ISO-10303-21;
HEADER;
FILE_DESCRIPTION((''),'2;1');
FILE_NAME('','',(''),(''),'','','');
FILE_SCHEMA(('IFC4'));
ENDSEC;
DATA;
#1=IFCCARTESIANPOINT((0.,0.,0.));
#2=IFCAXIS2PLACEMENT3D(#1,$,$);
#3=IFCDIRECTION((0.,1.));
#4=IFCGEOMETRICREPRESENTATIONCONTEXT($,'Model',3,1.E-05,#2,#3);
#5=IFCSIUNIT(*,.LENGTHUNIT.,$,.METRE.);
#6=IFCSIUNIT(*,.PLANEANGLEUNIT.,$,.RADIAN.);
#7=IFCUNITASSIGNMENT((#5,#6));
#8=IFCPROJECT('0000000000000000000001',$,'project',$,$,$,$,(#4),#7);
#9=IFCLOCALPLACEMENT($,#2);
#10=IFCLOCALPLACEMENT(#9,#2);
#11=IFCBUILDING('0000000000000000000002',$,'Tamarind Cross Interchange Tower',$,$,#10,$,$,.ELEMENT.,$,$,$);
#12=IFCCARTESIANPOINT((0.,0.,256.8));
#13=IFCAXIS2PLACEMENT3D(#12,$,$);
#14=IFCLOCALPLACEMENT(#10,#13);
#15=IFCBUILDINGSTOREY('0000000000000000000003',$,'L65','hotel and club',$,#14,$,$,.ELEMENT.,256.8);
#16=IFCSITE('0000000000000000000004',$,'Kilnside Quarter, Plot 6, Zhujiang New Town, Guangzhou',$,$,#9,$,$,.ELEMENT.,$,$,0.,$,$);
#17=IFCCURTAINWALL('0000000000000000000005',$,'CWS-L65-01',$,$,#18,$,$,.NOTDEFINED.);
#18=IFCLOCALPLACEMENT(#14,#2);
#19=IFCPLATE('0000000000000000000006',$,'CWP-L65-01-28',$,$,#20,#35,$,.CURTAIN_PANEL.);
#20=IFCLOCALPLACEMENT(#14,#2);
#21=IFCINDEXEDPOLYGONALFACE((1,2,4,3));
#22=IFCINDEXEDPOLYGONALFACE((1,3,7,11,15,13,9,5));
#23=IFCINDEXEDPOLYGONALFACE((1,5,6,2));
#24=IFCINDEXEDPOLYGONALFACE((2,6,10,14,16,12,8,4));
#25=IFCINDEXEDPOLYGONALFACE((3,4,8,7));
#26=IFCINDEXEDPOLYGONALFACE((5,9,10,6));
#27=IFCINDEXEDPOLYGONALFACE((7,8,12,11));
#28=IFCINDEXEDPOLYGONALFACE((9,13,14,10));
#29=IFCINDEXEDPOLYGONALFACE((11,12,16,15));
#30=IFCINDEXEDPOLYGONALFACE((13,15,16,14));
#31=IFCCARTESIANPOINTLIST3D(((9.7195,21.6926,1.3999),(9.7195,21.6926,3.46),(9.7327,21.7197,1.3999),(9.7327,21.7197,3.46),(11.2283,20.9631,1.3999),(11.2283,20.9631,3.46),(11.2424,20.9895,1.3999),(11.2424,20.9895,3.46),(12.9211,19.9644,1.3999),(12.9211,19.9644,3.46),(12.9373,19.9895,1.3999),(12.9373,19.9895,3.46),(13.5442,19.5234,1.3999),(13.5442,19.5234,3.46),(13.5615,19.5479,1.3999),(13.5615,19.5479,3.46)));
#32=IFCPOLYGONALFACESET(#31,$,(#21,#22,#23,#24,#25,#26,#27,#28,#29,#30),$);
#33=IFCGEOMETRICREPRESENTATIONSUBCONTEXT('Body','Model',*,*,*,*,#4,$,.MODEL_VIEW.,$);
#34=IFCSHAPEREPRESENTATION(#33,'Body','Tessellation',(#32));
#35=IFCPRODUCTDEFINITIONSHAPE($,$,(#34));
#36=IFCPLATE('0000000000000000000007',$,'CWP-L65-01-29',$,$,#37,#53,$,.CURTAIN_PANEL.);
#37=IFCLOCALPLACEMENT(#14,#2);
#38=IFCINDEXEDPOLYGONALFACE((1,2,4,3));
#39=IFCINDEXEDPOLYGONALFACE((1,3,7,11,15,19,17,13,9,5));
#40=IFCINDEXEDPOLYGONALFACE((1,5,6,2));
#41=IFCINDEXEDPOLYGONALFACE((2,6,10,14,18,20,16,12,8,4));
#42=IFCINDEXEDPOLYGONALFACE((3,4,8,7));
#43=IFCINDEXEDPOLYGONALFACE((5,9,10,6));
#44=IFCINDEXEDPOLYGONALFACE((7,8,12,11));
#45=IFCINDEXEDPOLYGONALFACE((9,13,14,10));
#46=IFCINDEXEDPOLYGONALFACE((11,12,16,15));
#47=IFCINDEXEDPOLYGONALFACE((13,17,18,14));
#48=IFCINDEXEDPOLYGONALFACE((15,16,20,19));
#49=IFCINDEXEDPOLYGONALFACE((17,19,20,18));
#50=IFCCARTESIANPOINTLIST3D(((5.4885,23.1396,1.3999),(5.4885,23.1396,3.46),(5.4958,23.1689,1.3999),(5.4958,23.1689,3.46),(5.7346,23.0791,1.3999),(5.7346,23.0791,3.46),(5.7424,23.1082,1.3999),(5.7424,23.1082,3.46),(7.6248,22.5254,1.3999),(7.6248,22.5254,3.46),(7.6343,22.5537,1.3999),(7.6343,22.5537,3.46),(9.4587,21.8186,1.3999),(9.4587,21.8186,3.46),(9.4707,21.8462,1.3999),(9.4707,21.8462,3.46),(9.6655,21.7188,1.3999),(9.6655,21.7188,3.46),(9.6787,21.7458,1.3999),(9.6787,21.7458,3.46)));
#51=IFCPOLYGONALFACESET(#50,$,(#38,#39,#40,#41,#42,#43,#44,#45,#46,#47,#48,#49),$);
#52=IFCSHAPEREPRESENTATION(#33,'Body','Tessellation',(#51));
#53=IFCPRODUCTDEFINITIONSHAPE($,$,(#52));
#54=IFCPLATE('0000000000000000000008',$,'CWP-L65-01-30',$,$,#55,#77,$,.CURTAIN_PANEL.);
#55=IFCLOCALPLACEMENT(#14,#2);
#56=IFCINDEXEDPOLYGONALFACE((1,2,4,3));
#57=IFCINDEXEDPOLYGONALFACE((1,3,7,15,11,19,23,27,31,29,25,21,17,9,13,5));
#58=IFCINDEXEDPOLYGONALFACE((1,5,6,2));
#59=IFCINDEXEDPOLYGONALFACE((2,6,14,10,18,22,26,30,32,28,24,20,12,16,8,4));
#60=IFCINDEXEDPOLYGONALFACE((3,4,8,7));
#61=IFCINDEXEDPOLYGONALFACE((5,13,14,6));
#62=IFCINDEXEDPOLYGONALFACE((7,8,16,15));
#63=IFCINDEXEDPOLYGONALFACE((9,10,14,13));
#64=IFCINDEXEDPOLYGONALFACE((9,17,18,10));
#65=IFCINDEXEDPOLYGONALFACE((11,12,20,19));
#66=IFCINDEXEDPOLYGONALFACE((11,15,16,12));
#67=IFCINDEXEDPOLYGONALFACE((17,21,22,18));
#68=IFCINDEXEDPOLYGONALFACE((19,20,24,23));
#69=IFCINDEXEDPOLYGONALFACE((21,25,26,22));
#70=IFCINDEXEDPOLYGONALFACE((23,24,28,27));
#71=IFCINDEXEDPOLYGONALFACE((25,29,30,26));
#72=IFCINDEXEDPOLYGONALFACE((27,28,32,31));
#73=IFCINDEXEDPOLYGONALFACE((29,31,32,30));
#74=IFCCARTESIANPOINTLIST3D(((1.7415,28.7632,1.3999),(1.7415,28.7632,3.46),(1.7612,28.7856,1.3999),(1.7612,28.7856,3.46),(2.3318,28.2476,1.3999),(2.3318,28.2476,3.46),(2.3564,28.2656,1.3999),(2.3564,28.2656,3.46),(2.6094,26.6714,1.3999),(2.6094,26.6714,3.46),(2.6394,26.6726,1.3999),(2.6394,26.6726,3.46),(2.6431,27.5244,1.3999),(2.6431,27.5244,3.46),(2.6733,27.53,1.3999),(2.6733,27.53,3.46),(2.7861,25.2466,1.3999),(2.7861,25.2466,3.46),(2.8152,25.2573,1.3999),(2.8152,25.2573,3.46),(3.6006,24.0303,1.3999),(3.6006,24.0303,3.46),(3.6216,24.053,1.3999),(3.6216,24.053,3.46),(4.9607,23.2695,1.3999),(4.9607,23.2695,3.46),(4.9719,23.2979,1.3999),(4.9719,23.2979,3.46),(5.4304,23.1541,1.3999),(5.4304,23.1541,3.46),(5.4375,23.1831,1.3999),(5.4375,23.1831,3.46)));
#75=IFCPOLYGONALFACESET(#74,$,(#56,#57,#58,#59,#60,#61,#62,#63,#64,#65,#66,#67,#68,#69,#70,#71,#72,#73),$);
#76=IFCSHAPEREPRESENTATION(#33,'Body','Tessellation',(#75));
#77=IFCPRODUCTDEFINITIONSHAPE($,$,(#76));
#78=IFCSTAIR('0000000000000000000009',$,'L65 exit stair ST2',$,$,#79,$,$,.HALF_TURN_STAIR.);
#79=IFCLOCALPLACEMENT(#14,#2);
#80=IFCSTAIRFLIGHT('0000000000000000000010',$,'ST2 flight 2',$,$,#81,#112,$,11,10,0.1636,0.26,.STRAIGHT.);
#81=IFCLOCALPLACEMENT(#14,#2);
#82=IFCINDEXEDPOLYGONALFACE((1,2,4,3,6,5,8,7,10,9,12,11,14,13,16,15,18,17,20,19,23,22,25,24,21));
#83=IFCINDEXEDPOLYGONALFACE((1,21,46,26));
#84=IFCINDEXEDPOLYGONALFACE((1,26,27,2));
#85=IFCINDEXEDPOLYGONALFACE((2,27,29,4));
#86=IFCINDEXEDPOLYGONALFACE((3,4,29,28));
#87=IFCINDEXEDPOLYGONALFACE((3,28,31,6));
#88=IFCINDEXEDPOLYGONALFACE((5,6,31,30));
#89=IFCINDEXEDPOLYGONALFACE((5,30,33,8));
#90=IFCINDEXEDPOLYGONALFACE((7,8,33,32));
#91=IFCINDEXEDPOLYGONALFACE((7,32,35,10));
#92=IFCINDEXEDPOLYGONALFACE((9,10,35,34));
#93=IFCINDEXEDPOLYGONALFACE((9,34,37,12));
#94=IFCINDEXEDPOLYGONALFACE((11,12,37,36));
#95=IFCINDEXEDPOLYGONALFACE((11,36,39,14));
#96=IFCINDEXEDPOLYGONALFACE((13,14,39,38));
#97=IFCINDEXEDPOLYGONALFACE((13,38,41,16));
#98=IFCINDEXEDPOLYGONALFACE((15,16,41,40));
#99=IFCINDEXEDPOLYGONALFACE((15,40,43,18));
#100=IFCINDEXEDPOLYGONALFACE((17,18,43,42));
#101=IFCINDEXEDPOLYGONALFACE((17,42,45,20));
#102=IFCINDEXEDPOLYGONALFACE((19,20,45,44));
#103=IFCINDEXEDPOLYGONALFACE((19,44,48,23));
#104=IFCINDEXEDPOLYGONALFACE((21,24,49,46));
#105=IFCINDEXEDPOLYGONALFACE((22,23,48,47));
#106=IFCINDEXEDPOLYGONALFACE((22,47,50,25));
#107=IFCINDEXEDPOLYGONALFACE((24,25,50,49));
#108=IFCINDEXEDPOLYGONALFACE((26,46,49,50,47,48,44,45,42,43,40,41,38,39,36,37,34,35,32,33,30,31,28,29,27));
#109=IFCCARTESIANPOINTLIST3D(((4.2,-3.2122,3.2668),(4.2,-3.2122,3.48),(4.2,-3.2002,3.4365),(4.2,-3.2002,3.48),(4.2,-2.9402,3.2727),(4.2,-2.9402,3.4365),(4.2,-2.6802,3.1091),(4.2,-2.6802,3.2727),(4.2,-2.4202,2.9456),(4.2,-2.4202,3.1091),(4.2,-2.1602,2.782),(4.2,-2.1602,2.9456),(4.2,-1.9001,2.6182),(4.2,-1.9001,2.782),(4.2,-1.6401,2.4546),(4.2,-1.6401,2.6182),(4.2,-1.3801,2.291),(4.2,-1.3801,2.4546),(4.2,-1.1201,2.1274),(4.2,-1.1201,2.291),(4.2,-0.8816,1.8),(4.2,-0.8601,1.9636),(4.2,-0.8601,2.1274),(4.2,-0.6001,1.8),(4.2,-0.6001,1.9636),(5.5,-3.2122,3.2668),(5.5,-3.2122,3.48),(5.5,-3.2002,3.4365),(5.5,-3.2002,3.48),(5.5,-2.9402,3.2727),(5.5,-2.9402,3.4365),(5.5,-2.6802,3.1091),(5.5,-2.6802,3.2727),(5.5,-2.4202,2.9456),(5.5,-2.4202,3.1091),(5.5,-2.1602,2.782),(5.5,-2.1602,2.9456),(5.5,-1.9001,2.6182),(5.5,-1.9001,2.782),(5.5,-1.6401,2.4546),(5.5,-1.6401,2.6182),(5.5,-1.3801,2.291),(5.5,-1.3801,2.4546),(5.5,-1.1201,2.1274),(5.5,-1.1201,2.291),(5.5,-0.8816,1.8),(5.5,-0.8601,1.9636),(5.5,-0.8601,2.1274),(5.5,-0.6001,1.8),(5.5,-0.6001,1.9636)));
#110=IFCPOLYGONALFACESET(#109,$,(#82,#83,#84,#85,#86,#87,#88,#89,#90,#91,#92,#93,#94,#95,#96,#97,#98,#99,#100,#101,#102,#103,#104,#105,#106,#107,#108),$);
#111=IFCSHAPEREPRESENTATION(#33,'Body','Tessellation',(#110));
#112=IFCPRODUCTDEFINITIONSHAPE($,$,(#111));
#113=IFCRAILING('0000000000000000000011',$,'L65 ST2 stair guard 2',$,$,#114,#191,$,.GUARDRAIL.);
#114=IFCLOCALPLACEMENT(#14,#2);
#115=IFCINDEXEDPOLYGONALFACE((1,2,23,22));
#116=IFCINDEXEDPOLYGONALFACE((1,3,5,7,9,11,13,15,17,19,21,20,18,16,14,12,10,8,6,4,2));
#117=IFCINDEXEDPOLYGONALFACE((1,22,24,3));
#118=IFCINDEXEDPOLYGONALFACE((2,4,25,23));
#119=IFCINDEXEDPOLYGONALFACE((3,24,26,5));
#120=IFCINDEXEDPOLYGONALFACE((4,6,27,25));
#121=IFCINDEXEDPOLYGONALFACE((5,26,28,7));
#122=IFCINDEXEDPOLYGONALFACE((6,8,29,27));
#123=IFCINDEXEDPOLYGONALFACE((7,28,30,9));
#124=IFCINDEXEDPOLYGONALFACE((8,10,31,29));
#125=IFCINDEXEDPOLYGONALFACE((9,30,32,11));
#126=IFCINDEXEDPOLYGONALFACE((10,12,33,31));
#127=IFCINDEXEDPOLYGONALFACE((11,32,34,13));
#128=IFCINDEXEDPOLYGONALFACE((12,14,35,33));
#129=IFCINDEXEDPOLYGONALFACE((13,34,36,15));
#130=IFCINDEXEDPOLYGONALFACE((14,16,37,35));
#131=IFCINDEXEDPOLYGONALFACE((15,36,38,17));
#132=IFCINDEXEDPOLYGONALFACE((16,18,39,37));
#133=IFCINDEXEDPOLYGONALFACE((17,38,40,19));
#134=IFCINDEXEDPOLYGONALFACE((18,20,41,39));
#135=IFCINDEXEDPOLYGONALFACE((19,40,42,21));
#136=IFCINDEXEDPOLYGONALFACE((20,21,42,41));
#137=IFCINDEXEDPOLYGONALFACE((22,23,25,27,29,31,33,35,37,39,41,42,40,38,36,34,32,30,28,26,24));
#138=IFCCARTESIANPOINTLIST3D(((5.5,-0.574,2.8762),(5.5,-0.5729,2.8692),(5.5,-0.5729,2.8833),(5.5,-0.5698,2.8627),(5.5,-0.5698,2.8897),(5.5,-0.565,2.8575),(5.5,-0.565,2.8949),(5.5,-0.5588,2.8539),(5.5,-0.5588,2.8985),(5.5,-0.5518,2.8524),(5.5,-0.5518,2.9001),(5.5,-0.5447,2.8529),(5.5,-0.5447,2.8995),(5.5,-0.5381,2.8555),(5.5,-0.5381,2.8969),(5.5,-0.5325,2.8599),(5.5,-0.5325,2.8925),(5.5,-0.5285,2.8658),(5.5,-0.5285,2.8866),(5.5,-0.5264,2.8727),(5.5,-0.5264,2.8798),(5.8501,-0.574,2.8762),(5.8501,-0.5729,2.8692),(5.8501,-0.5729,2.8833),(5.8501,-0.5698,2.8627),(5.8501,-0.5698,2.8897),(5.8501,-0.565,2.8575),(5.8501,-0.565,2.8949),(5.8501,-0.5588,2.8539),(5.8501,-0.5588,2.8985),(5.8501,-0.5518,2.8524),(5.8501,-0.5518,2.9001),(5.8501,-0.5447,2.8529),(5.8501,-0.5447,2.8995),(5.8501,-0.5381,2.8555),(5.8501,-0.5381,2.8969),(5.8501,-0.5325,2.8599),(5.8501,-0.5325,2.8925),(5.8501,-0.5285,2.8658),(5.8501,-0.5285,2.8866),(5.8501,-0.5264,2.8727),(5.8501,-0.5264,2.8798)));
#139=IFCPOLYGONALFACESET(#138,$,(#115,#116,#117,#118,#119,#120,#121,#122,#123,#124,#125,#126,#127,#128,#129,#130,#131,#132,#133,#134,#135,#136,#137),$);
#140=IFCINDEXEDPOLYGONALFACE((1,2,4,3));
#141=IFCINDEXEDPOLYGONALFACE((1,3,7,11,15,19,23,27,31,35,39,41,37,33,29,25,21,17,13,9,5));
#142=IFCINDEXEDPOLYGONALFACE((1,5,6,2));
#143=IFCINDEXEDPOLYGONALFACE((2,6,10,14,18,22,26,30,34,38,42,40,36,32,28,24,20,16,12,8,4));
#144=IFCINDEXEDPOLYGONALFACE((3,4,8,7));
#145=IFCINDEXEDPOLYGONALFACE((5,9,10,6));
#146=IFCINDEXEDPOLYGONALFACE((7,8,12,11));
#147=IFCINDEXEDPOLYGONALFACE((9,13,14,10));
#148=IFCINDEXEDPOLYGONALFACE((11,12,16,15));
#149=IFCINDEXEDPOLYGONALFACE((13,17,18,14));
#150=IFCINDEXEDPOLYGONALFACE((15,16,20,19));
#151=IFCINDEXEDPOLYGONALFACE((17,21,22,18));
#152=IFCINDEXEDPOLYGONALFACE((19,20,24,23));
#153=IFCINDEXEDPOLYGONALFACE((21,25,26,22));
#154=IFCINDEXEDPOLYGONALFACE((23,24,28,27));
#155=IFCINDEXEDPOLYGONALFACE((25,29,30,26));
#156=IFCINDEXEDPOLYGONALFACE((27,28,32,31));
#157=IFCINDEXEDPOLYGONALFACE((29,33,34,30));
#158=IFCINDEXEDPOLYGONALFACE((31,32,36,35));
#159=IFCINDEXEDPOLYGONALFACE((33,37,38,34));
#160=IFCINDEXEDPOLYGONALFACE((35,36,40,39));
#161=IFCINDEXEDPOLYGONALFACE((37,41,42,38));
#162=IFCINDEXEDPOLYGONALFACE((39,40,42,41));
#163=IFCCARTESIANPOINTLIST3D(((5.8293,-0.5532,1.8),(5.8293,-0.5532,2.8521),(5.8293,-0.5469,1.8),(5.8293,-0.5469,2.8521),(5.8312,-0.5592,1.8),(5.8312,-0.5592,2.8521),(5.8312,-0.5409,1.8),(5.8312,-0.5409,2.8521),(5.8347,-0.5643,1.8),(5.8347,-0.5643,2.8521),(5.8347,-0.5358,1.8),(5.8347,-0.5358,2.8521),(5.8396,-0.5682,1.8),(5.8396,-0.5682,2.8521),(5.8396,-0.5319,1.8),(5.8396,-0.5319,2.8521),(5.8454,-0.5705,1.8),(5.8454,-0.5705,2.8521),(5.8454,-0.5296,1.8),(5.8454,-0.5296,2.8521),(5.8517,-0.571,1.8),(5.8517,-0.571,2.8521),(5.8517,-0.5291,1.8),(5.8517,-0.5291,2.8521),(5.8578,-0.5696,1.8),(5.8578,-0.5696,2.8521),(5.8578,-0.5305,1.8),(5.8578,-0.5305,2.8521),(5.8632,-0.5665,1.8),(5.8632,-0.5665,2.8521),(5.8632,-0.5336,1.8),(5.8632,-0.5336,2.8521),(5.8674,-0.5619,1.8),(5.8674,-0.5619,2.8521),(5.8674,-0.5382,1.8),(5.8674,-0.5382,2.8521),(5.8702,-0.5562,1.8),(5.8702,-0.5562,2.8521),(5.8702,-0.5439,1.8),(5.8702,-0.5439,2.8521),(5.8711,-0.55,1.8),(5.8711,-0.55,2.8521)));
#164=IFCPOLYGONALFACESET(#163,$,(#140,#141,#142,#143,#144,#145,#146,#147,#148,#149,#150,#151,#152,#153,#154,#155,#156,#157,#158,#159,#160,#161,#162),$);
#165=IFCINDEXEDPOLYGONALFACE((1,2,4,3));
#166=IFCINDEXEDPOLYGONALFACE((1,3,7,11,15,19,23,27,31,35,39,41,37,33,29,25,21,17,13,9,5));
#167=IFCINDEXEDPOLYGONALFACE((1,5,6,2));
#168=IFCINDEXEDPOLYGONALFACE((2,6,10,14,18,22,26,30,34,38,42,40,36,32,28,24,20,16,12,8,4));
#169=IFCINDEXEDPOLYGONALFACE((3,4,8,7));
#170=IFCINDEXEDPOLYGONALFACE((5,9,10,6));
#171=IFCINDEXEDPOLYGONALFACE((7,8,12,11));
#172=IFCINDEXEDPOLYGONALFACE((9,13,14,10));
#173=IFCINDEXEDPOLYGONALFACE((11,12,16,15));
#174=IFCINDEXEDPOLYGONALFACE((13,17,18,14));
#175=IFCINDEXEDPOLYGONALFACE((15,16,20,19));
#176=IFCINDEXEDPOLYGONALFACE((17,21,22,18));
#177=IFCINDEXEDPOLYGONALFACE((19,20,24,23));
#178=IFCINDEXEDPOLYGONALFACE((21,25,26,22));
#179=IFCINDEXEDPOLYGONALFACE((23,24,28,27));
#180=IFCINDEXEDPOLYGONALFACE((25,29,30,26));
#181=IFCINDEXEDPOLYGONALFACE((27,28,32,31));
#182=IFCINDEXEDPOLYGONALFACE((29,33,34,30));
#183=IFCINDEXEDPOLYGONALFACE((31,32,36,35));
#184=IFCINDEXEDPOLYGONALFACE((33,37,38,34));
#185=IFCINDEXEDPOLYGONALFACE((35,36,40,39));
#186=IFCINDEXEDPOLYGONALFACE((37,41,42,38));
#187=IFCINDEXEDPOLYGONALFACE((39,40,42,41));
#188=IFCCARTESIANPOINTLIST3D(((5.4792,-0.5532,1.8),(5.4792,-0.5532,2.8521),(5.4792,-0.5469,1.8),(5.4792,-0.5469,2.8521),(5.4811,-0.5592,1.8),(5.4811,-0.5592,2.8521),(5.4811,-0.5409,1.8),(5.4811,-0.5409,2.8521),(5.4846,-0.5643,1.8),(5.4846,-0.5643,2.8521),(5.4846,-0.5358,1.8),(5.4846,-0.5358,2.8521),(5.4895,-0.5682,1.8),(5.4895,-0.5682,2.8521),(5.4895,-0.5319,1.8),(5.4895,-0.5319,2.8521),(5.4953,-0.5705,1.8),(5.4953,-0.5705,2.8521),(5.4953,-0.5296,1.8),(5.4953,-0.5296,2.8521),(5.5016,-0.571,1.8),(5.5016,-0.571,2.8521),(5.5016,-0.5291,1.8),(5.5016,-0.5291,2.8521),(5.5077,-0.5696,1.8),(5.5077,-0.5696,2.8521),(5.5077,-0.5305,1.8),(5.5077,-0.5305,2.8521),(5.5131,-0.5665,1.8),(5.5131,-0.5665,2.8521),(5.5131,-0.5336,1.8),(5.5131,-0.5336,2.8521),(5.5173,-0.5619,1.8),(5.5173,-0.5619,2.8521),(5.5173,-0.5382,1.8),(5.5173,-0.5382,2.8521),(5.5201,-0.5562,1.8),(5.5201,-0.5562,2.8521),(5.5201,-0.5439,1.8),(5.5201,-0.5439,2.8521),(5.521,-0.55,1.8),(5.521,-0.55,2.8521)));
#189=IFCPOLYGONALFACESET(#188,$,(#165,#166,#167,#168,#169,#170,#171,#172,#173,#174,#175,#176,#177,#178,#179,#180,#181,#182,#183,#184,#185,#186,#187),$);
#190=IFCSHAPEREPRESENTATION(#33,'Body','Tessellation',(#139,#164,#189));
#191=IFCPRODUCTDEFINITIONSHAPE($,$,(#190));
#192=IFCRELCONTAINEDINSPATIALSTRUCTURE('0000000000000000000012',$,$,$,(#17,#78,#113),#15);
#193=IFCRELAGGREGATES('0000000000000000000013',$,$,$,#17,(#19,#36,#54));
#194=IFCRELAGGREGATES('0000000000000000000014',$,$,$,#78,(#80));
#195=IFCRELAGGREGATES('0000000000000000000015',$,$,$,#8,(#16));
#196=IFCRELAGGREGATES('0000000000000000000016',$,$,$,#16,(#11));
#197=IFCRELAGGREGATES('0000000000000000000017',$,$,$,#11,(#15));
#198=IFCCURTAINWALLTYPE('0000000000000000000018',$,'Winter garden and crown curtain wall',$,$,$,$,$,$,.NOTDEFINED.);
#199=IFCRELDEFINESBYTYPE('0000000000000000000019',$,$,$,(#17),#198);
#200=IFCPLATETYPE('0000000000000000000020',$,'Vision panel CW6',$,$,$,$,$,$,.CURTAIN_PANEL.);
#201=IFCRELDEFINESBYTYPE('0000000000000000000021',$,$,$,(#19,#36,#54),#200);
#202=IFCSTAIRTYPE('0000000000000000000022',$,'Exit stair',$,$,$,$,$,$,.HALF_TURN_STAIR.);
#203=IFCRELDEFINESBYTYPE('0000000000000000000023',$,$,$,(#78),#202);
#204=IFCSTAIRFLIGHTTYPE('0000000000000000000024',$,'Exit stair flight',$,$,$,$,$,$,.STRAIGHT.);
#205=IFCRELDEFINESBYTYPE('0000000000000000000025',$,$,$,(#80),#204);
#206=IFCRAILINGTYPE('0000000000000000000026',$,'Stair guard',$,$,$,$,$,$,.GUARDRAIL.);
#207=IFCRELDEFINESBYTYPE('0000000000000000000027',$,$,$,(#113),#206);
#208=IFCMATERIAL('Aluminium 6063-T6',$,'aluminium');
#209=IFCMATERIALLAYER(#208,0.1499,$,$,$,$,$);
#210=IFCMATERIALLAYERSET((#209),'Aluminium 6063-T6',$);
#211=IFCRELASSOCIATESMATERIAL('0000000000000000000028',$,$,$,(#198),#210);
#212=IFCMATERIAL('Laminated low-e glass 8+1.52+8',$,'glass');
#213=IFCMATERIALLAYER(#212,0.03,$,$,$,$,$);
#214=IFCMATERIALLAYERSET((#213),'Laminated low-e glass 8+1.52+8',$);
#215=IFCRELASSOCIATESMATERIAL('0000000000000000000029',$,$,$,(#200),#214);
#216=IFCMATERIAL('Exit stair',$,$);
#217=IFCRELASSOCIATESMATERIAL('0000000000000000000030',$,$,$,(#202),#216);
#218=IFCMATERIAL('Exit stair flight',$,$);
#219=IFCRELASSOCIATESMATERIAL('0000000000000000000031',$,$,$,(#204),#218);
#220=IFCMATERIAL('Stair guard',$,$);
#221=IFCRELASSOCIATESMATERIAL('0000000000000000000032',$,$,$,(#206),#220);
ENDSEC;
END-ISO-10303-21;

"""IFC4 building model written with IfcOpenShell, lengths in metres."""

from ifc_helpers import new_model, si_unit, direction, frame, origin, origin_2d, place, context, subcontext, project, spatial, polyline, circle, outline, extrude, material, layer, layer_set, type_object, element, aggregate, save


model = new_model("IFC4")

# Units and contexts
model_context = context("Model", 3, precision=1e-05, world=origin(), true_north=direction((0.0, 1.0)))
body_context = subcontext(model_context, "Body", "Model", "MODEL_VIEW")
ifc_project = project(units=[si_unit("LENGTHUNIT", "METRE"), si_unit("PLANEANGLEUNIT", "RADIAN")], contexts=[model_context])

# Site, building, storey
site_placement = place(None, origin())
site = spatial("IfcSite", under=ifc_project, at=site_placement, Name="Kilnside Quarter, Plot 6, Zhujiang New Town, Guangzhou", CompositionType="ELEMENT", RefElevation=0.0)
building_placement = place(site_placement, origin())
building = spatial("IfcBuilding", under=site, at=building_placement, Name="Tamarind Cross Interchange Tower", CompositionType="ELEMENT")
storey_placement = place(building_placement, frame((0.0, 0.0, 256.8)))
storey = spatial("IfcBuildingStorey", under=building, at=storey_placement, Name="L65", Description="hotel and club", CompositionType="ELEMENT", Elevation=256.8)

# Curtain wall, plates
ifc_material_1 = material(Name="Aluminium 6063-T6", Category="aluminium")
ifc_layer_1 = layer(ifc_material_1, 0.1499)
ifc_layer_set_1 = layer_set([ifc_layer_1], Name="Aluminium 6063-T6")
curtain_wall_type = type_object("IfcCurtainWallType", Name="Winter garden and crown curtain wall", PredefinedType="NOTDEFINED", material=ifc_layer_set_1)
curtain_wall_placement = place(storey_placement, origin())
curtain_wall = element("IfcCurtainWall", 1, at=curtain_wall_placement, inside=storey, type_object=curtain_wall_type, Name="CWS-L65-01", PredefinedType="NOTDEFINED")
ifc_material_2 = material(Name="Laminated low-e glass 8+1.52+8", Category="glass")
ifc_layer_2 = layer(ifc_material_2, 0.03)
ifc_layer_set_2 = layer_set([ifc_layer_2], Name="Laminated low-e glass 8+1.52+8")
plate_type = type_object("IfcPlateType", Name="Vision panel CW6", PredefinedType="CURTAIN_PANEL", material=ifc_layer_set_2)
plate_1_placement = place(storey_placement, frame((0.0, 0.0, 1.3999)))
plate_1 = element("IfcPlate", 2, at=plate_1_placement, type_object=plate_type, Name="CWP-L65-01-28", PredefinedType="CURTAIN_PANEL", context=body_context, shape_type="SweptSolid", body=[
    extrude(outline(polyline([(13.5442, 19.5234), (12.9211, 19.9644), (11.2283, 20.9631), (9.7195, 21.6926), (9.7327, 21.7197), (11.2424, 20.9895), (12.9373, 19.9895), (13.5615, 19.5479), (13.5442, 19.5234)])), origin(), (0.0, 0.0, 1.0), 2.0601),
])
plate_2_placement = place(storey_placement, frame((0.0, 0.0, 1.3999)))
plate_2 = element("IfcPlate", 3, at=plate_2_placement, type_object=plate_type, Name="CWP-L65-01-29", PredefinedType="CURTAIN_PANEL", context=body_context, shape_type="SweptSolid", body=[
    extrude(outline(polyline([(9.6655, 21.7188), (9.4587, 21.8186), (7.6248, 22.5254), (5.7346, 23.0791), (5.4885, 23.1396), (5.4958, 23.1689), (5.7424, 23.1082), (7.6343, 22.5537), (9.4707, 21.8462), (9.6787, 21.7458), (9.6655, 21.7188)])), origin(), (0.0, 0.0, 1.0), 2.0601),
])
plate_3_placement = place(storey_placement, frame((0.0, 0.0, 1.3999)))
plate_3 = element("IfcPlate", 4, at=plate_3_placement, type_object=plate_type, Name="CWP-L65-01-30", PredefinedType="CURTAIN_PANEL", context=body_context, shape_type="SweptSolid", body=[
    extrude(outline(polyline([(5.4304, 23.1541), (4.9607, 23.2695), (3.6006, 24.0303), (2.7861, 25.2466), (2.6094, 26.6714), (2.6431, 27.5244), (2.3318, 28.2476), (1.7415, 28.7632), (1.7612, 28.7856), (2.3564, 28.2656), (2.6733, 27.53), (2.6394, 26.6726), (2.8152, 25.2573), (3.6216, 24.053), (4.9719, 23.2979), (5.4375, 23.1831), (5.4304, 23.1541)])), origin(), (0.0, 0.0, 1.0), 2.0601),
])
aggregate(curtain_wall, [plate_1, plate_2, plate_3])

# Stair, stair flight
ifc_material_3 = material(Name="Exit stair")
stair_type = type_object("IfcStairType", Name="Exit stair", PredefinedType="HALF_TURN_STAIR", material=ifc_material_3)
stair_placement = place(storey_placement, origin())
stair = element("IfcStair", 5, at=stair_placement, inside=storey, type_object=stair_type, Name="L65 exit stair ST2", PredefinedType="HALF_TURN_STAIR")
ifc_material_4 = material(Name="Exit stair flight")
stair_flight_type = type_object("IfcStairFlightType", Name="Exit stair flight", PredefinedType="STRAIGHT", material=ifc_material_4)
stair_flight_placement = place(storey_placement, frame((4.8501, -0.6001, 1.8), z_axis=(0.0, 0.0, 1.0), x_axis=(0.0, -1.0, 0.0)))
stair_flight = element("IfcStairFlight", 6, at=stair_flight_placement, type_object=stair_flight_type, Name="ST2 flight 2", NumberOfRisers=11, NumberOfTreads=10, PredefinedType="STRAIGHT", RiserHeight=0.1636, TreadLength=0.26, context=body_context, shape_type="SweptSolid", body=[
    extrude(outline(polyline([(0.0, 0.0), (0.0, 0.1636), (0.26, 0.1636), (0.26, 0.3274), (0.52, 0.3274), (0.52, 0.491), (0.78, 0.491), (0.78, 0.6545), (1.04, 0.6545), (1.04, 0.8181), (1.3, 0.8181), (1.3, 0.9819), (1.5601, 0.9819), (1.5601, 1.1455), (1.8201, 1.1455), (1.8201, 1.3091), (2.0801, 1.3091), (2.0801, 1.4727), (2.3401, 1.4727), (2.3401, 1.6365), (2.6001, 1.6365), (2.6001, 1.6799), (2.6121, 1.6799), (2.6121, 1.4668), (0.2815, 0.0), (0.0, 0.0)])), frame((0.0, 0.6499, 0.0), z_axis=(0.0, -1.0, 0.0), x_axis=(1.0, 0.0, 0.0)), (0.0, 0.0, 1.0), 1.3),
])
aggregate(stair, [stair_flight])

# Railing
ifc_material_5 = material(Name="Stair guard")
railing_type_1 = type_object("IfcRailingType", Name="Stair guard", PredefinedType="GUARDRAIL", material=ifc_material_5)
railing_1_placement = place(storey_placement, frame((5.8501, -0.55, 1.8)))
element("IfcRailing", 7, at=railing_1_placement, inside=storey, type_object=railing_type_1, Name="L65 ST2 stair guard 2", PredefinedType="GUARDRAIL", context=body_context, shape_type="SweptSolid", body=[
    extrude(circle(Radius=0.0239, at=origin_2d()), frame((0.0, 0.0, 1.0762), z_axis=(-1.0, 0.0, 0.0), x_axis=(0.0, -1.0, 0.0)), (0.0, 0.0, 1.0), 0.3501),
    extrude(circle(Radius=0.021, at=origin_2d()), origin(), (0.0, 0.0, 1.0), 1.052),
    extrude(circle(Radius=0.021, at=origin_2d()), frame((-0.3501, 0.0, 0.0)), (0.0, 0.0, 1.0), 1.052),
])

save(model, "model.ifc")
